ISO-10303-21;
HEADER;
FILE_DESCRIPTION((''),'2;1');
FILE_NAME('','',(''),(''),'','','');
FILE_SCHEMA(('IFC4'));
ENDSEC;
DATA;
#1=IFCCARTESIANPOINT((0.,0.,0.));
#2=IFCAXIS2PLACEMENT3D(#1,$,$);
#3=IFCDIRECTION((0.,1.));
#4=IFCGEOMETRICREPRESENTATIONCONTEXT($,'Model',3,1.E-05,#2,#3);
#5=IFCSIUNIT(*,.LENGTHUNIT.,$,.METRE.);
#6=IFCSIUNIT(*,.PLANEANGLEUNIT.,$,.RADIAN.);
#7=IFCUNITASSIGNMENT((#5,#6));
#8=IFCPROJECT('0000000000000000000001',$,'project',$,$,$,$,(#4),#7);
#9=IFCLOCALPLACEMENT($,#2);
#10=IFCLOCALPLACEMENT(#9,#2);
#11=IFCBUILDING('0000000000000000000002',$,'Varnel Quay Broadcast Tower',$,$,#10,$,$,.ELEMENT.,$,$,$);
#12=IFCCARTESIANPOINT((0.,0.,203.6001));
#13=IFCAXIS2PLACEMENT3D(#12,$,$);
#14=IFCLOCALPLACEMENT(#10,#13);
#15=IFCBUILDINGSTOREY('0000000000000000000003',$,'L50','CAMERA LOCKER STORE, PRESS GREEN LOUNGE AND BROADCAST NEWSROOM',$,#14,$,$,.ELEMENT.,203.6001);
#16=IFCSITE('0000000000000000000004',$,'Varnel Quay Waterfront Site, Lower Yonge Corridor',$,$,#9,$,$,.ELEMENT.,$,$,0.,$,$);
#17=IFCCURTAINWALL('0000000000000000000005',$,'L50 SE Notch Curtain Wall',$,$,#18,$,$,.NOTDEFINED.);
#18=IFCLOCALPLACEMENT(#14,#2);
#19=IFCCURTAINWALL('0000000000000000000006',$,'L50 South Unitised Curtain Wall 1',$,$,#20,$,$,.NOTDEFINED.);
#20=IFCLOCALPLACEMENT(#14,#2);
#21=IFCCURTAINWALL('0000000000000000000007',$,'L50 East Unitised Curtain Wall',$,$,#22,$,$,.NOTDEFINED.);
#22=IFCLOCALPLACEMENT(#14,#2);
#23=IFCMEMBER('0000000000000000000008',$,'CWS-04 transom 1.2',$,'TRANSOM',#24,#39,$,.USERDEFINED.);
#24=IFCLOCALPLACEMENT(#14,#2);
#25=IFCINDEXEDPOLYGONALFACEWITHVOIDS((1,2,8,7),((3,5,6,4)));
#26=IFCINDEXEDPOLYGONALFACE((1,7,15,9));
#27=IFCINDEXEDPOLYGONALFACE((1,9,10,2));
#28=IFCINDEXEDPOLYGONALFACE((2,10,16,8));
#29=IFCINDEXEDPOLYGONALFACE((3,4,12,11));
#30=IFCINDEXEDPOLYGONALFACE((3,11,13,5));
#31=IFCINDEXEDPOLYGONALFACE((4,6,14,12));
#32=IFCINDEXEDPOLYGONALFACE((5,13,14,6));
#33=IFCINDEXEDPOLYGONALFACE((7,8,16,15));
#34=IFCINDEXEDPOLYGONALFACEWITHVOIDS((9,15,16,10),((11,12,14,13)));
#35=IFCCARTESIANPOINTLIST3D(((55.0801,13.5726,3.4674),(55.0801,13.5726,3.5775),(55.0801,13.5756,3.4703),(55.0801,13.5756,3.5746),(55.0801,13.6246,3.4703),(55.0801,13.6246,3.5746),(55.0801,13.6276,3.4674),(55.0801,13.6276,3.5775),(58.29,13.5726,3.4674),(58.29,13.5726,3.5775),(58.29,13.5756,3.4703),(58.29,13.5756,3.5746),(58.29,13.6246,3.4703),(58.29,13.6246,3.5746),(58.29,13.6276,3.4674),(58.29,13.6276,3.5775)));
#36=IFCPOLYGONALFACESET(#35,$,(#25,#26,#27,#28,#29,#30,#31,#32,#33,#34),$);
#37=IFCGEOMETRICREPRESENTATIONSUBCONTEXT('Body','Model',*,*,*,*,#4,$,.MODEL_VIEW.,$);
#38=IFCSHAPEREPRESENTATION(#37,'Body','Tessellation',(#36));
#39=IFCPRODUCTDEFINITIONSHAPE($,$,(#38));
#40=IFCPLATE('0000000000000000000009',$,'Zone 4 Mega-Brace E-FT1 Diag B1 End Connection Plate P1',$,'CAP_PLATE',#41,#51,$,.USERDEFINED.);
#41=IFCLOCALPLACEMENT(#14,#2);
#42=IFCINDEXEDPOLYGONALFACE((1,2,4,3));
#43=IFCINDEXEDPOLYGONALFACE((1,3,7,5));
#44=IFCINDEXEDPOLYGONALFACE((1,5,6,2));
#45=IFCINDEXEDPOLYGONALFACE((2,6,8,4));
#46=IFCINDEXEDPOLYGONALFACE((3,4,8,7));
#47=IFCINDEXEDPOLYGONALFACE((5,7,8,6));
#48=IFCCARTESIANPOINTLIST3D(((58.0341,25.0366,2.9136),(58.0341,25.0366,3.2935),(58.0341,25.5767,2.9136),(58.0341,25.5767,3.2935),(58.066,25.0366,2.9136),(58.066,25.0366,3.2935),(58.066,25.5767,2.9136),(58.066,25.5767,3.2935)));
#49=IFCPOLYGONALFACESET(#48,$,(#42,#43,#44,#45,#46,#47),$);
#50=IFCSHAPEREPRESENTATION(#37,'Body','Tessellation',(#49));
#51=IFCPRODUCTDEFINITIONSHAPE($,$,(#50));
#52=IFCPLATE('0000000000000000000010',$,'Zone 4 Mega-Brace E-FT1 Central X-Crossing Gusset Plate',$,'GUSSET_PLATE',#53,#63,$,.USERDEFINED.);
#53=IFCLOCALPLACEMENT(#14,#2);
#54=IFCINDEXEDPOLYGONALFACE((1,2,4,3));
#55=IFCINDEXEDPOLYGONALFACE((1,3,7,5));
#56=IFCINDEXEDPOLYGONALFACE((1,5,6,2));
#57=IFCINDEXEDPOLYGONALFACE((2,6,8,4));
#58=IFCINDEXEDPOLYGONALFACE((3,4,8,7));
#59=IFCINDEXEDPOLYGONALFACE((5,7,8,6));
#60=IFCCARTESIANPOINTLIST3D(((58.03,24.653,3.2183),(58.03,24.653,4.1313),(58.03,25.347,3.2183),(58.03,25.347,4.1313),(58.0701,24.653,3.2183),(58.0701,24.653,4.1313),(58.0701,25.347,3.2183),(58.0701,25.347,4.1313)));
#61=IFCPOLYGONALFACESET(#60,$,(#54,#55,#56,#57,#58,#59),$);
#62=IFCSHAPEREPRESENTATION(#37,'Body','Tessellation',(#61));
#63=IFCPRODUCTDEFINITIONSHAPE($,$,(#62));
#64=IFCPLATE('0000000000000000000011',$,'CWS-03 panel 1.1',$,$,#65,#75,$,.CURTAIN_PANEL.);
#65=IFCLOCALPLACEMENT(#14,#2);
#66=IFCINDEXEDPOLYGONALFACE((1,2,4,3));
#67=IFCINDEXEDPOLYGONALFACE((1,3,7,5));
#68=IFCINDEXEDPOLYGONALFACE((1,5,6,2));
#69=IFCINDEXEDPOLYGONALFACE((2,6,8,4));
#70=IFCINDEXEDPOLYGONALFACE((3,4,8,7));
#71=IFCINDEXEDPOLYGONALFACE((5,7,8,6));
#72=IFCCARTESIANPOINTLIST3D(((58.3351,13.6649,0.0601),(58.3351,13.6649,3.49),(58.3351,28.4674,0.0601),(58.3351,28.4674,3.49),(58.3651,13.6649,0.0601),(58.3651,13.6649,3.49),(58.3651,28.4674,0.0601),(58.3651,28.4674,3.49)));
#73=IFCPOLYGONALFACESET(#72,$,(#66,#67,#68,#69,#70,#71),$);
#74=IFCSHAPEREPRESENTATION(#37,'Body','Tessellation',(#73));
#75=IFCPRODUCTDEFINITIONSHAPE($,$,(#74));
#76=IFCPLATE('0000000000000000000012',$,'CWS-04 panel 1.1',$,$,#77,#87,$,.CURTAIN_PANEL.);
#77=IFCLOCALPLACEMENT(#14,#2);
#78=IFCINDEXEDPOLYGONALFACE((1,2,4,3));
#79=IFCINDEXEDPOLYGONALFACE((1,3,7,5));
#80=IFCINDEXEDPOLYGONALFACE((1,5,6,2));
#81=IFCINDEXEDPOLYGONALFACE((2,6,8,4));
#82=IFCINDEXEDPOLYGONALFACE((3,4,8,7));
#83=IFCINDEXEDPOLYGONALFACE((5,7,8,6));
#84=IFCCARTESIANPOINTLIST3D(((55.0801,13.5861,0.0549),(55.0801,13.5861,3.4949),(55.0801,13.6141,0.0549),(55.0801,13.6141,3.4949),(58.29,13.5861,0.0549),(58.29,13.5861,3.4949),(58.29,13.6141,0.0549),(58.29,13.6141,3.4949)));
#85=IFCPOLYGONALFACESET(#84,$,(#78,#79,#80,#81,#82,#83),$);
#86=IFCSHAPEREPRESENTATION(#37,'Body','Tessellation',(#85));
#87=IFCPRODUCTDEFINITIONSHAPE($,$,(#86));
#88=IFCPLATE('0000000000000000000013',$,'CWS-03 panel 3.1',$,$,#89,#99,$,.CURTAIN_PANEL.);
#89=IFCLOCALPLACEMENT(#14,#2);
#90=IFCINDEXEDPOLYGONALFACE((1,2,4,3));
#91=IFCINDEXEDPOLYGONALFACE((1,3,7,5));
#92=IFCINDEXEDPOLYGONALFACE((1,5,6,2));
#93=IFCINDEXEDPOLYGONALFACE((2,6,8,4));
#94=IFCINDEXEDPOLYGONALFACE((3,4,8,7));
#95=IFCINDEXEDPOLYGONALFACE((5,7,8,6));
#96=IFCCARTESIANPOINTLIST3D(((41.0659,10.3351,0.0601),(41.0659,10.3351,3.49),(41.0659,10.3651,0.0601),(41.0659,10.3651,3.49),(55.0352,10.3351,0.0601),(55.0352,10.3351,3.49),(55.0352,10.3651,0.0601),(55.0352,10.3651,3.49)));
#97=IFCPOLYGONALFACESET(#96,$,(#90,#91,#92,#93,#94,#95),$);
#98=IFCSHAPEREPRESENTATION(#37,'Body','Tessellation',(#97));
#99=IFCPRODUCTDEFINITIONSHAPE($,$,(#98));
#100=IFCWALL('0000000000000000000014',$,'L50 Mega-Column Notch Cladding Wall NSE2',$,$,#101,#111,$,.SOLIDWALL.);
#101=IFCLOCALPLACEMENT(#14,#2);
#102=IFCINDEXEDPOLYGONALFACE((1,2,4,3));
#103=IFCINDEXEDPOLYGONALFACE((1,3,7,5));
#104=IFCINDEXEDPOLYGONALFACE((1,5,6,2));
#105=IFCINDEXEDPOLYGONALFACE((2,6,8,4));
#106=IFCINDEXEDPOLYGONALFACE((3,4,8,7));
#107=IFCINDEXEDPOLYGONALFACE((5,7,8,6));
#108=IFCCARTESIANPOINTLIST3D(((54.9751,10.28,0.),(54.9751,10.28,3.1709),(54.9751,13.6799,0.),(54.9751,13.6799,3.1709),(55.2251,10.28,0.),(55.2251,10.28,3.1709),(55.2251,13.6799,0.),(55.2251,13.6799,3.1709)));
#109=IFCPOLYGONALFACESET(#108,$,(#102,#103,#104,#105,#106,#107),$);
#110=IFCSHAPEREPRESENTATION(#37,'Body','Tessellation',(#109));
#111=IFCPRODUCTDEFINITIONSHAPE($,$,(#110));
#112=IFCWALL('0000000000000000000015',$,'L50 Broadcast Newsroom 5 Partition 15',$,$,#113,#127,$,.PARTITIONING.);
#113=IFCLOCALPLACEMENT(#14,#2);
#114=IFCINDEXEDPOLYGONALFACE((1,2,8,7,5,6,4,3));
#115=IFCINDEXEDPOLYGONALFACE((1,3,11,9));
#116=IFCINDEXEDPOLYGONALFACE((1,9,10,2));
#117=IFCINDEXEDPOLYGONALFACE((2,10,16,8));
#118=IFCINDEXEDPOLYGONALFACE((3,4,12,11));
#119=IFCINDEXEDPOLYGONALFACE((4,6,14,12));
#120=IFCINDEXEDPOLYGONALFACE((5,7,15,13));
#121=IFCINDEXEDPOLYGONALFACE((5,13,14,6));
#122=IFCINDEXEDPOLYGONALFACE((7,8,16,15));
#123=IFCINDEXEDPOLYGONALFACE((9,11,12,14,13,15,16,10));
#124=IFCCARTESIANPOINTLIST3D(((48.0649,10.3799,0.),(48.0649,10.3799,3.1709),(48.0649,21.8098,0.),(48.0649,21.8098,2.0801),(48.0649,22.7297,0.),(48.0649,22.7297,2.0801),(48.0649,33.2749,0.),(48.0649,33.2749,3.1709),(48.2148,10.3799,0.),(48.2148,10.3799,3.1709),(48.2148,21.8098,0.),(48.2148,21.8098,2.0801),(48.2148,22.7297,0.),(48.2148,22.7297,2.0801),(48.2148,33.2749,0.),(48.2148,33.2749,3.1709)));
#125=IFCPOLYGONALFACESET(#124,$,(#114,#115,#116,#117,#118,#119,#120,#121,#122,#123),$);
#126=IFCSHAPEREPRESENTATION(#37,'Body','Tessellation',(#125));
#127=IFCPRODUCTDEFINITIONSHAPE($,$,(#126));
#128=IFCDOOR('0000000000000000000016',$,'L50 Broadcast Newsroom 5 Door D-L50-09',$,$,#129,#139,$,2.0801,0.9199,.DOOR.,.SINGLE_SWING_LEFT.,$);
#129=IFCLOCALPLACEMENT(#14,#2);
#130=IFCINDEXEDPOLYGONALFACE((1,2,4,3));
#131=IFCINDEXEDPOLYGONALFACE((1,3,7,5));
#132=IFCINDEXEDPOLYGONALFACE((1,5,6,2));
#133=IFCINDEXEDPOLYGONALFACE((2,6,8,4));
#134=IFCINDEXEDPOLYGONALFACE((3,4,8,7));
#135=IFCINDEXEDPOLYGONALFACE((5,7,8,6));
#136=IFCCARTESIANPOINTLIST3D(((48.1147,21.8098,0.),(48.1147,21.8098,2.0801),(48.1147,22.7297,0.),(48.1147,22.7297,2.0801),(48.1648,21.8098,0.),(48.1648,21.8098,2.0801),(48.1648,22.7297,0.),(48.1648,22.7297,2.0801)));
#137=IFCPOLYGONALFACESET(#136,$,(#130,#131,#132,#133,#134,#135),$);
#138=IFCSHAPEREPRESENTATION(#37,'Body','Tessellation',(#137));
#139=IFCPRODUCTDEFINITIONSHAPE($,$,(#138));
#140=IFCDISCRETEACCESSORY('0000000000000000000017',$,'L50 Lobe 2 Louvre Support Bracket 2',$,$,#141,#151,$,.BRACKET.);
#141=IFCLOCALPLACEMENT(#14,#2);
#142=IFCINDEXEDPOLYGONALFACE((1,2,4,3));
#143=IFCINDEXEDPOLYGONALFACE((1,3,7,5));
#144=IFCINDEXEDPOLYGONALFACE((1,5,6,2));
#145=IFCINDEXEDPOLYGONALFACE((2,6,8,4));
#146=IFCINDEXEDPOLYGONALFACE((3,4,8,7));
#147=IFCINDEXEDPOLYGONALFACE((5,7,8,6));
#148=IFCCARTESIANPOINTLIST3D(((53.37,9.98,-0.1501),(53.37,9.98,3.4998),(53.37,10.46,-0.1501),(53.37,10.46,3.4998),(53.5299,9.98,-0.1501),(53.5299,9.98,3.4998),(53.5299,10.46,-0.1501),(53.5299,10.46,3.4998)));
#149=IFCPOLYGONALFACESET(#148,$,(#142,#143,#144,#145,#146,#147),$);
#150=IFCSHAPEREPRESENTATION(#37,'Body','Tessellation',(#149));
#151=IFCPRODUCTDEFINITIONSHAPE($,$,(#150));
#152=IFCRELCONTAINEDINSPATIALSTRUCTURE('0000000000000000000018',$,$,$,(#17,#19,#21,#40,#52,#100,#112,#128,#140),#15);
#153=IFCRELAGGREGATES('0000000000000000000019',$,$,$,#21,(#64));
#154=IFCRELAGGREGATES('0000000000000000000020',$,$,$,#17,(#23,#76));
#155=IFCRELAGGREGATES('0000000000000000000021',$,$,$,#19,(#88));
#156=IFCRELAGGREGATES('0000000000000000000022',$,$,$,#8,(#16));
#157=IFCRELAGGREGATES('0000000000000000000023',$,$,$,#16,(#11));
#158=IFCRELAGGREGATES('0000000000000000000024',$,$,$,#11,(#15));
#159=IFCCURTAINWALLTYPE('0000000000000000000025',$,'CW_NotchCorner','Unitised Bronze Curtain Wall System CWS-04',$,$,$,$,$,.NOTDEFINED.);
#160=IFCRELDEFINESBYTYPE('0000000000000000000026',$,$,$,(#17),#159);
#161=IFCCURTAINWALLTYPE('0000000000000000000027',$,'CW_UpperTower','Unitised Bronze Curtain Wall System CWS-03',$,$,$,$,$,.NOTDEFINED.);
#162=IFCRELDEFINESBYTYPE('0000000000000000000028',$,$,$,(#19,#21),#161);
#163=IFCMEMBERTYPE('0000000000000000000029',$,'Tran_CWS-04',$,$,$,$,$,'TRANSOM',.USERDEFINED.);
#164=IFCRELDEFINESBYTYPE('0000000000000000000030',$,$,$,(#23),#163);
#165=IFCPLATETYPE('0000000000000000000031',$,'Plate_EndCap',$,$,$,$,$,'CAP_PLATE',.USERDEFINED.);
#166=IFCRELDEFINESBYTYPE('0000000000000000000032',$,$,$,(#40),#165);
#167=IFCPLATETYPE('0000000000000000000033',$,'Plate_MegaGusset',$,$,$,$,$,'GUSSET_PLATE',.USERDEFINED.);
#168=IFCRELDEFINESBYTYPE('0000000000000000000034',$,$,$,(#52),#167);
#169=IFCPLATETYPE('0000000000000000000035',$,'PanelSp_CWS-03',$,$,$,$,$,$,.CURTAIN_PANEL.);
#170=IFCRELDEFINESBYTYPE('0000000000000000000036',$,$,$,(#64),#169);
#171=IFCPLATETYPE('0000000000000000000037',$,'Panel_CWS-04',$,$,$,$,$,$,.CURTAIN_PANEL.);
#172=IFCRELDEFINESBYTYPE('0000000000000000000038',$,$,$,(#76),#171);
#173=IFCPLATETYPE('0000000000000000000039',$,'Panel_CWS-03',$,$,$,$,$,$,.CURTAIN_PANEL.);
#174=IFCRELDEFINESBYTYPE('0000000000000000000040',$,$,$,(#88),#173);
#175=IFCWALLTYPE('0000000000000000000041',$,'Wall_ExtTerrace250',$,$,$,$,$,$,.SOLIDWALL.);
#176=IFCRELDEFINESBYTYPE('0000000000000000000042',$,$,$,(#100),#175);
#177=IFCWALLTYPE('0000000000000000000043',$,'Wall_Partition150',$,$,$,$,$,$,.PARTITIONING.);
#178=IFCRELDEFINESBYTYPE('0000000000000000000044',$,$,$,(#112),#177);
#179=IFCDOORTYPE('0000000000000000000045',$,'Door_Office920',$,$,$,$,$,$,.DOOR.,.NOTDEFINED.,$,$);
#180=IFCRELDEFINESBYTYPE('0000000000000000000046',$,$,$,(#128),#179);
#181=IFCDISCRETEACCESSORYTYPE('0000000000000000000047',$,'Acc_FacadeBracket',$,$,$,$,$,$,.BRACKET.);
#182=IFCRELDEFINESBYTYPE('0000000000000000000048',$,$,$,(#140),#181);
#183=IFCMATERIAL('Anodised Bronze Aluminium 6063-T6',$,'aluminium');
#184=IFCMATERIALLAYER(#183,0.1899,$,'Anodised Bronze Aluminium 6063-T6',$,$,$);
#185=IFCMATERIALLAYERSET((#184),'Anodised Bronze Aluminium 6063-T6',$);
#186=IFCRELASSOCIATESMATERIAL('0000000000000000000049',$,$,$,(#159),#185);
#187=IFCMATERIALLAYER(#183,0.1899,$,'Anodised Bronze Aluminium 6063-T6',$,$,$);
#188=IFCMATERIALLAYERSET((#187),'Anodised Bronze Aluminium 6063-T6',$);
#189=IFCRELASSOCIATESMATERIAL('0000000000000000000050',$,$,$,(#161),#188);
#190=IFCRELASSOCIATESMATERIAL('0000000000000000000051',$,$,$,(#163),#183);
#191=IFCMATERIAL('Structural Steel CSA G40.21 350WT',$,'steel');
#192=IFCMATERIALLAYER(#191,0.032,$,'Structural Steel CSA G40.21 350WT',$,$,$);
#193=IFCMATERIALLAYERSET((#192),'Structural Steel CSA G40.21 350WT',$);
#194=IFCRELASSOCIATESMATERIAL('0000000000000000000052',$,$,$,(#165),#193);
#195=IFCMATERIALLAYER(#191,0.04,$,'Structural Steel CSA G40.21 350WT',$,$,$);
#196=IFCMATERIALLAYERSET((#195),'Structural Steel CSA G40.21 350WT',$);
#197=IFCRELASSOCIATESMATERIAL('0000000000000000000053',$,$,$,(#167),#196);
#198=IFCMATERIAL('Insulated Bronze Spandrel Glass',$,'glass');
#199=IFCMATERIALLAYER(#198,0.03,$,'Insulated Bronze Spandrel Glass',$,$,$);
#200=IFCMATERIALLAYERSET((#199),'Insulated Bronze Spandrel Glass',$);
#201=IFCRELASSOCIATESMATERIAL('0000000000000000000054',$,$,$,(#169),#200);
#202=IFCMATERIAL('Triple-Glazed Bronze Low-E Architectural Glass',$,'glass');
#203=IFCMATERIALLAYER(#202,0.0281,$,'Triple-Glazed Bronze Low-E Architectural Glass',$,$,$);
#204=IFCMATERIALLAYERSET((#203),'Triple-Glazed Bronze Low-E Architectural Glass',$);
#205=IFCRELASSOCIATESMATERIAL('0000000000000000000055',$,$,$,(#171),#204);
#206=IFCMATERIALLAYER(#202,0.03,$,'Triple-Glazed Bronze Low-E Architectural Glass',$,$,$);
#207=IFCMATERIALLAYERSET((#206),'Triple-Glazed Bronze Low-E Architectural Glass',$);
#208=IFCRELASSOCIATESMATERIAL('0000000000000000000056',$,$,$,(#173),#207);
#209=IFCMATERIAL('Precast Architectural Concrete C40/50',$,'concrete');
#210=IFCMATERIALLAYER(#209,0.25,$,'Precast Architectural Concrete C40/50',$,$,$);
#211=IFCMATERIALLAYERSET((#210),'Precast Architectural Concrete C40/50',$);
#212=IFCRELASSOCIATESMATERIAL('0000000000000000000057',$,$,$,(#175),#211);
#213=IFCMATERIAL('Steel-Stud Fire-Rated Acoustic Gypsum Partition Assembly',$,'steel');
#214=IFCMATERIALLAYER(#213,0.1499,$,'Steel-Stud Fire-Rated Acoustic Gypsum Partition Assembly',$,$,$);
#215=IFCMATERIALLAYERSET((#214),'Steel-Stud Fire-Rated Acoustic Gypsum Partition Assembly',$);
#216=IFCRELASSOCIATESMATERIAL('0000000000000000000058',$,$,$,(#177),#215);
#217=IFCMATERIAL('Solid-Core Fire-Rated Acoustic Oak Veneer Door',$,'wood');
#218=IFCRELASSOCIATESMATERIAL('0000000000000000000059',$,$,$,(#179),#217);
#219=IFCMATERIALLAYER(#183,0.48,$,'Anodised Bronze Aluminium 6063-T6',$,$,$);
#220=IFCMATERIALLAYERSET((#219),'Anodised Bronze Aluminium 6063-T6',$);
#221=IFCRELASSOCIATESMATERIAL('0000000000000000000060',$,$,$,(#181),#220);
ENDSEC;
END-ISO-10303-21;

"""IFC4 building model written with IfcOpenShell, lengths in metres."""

from ifc_helpers import new_model, si_unit, direction, frame, frame_2d, origin, origin_2d, place, context, subcontext, project, spatial, rectangle, hollow_rectangle, extrude, source, transform, mapped, material, layer, layer_set, material_profile, profile_set, type_object, type_shapes, element, fill, aggregate, save


model = new_model("IFC4")

# Units and contexts
model_context = context("Model", 3, precision=1e-05, world=origin(), true_north=direction((0.0, 1.0)))
body_context = subcontext(model_context, "Body", "Model", "MODEL_VIEW")
ifc_project = project(units=[si_unit("LENGTHUNIT", "METRE"), si_unit("PLANEANGLEUNIT", "RADIAN")], contexts=[model_context])

# Site, building, storey
site_placement = place(None, origin())
site = spatial("IfcSite", under=ifc_project, at=site_placement, Name="Varnel Quay Waterfront Site, Lower Yonge Corridor", CompositionType="ELEMENT", RefElevation=0.0)
building_placement = place(site_placement, origin())
building = spatial("IfcBuilding", under=site, at=building_placement, Name="Varnel Quay Broadcast Tower", CompositionType="ELEMENT")
storey_placement = place(building_placement, frame((0.0, 0.0, 203.6001)))
storey = spatial("IfcBuildingStorey", under=building, at=storey_placement, Name="L50", Description="CAMERA LOCKER STORE, PRESS GREEN LOUNGE AND BROADCAST NEWSROOM", CompositionType="ELEMENT", Elevation=203.6001)

# Shared definitions
ifc_material_1 = material(Name="Structural Steel CSA G40.21 350WT", Category="steel")

# Curtain wall
ifc_material_2 = material(Name="Anodised Bronze Aluminium 6063-T6", Category="aluminium")
ifc_layer_1 = layer(ifc_material_2, 0.1899, Name="Anodised Bronze Aluminium 6063-T6")
ifc_layer_set_1 = layer_set([ifc_layer_1], Name="Anodised Bronze Aluminium 6063-T6")
curtain_wall_type_1 = type_object("IfcCurtainWallType", Name="CW_NotchCorner", Description="Unitised Bronze Curtain Wall System CWS-04", PredefinedType="NOTDEFINED", material=ifc_layer_set_1)
curtain_wall_1_placement = place(storey_placement, origin())
curtain_wall_1 = element("IfcCurtainWall", 1, at=curtain_wall_1_placement, inside=storey, type_object=curtain_wall_type_1, Name="L50 SE Notch Curtain Wall", PredefinedType="NOTDEFINED")

# Curtain wall
ifc_layer_2 = layer(ifc_material_2, 0.1899, Name="Anodised Bronze Aluminium 6063-T6")
ifc_layer_set_2 = layer_set([ifc_layer_2], Name="Anodised Bronze Aluminium 6063-T6")
curtain_wall_type_2 = type_object("IfcCurtainWallType", Name="CW_UpperTower", Description="Unitised Bronze Curtain Wall System CWS-03", PredefinedType="NOTDEFINED", material=ifc_layer_set_2)
curtain_wall_2_placement = place(storey_placement, origin())
curtain_wall_2 = element("IfcCurtainWall", 2, at=curtain_wall_2_placement, inside=storey, type_object=curtain_wall_type_2, Name="L50 South Unitised Curtain Wall 1", PredefinedType="NOTDEFINED")

# Curtain wall
curtain_wall_3_placement = place(storey_placement, origin())
curtain_wall_3 = element("IfcCurtainWall", 3, at=curtain_wall_3_placement, inside=storey, type_object=curtain_wall_type_2, Name="L50 East Unitised Curtain Wall", PredefinedType="NOTDEFINED")

# Member
ifc_material_profile_1 = material_profile(ifc_material_2, hollow_rectangle(XDim=0.0549, YDim=0.1101, WallThickness=0.0029, at=origin_2d()), Name="ALU55X110X3")
ifc_profile_set_1 = profile_set([ifc_material_profile_1], Name="Anodised Bronze Aluminium 6063-T6")
member_type_1 = type_object("IfcMemberType", Name="Tran_CWS-04", ElementType="TRANSOM", PredefinedType="USERDEFINED", material=ifc_profile_set_1)
shared_shape_1 = source(origin(), body_context, "Body", "SweptSolid", [
    extrude(hollow_rectangle(XDim=0.0549, YDim=0.1101, WallThickness=0.0029, at=origin_2d()), origin(), (0.0, 0.0, 1.0), 3.21),
])
type_shapes(member_type_1, [shared_shape_1])
member_1_placement = place(storey_placement, frame((55.0801, 13.6001, 3.5225), z_axis=(1.0, 0.0, 0.0), x_axis=(0.0, 1.0, 0.0)))
member_1 = element("IfcMember", 4, at=member_1_placement, type_object=member_type_1, Name="CWS-04 transom 1.2", ObjectType="TRANSOM", PredefinedType="USERDEFINED", context=body_context, shape_type="MappedRepresentation", body=[
    mapped(shared_shape_1, transform((0.0, 0.0, 0.0), x_axis=(1.0, 0.0, 0.0), y_axis=(0.0, 1.0, 0.0), z_axis=(0.0, 0.0, 1.0), scale=1.0)),
])

# Plates
ifc_layer_3 = layer(ifc_material_1, 0.032, Name="Structural Steel CSA G40.21 350WT")
ifc_layer_set_3 = layer_set([ifc_layer_3], Name="Structural Steel CSA G40.21 350WT")
plate_type_1 = type_object("IfcPlateType", Name="Plate_EndCap", ElementType="CAP_PLATE", PredefinedType="USERDEFINED", material=ifc_layer_set_3)
shared_shape_2 = source(origin(), body_context, "Body", "SweptSolid", [
    extrude(rectangle(XDim=0.54, YDim=0.032, at=origin_2d()), origin(), (0.0, 0.0, 1.0), 0.3799),
])
type_shapes(plate_type_1, [shared_shape_2])
plate_1_placement = place(storey_placement, frame((58.05, 25.3066, 2.9136), z_axis=(0.0, 0.0, 1.0), x_axis=(0.0, 1.0, 0.0)))
element("IfcPlate", 5, at=plate_1_placement, inside=storey, type_object=plate_type_1, Name="Zone 4 Mega-Brace E-FT1 Diag B1 End Connection Plate P1", ObjectType="CAP_PLATE", PredefinedType="USERDEFINED", context=body_context, shape_type="MappedRepresentation", body=[
    mapped(shared_shape_2, transform((0.0, 0.0, 0.0), x_axis=(1.0, 0.0, 0.0), y_axis=(0.0, 1.0, 0.0), z_axis=(0.0, 0.0, 1.0), scale=1.0)),
])
ifc_layer_4 = layer(ifc_material_1, 0.04, Name="Structural Steel CSA G40.21 350WT")
ifc_layer_set_4 = layer_set([ifc_layer_4], Name="Structural Steel CSA G40.21 350WT")
plate_type_2 = type_object("IfcPlateType", Name="Plate_MegaGusset", ElementType="GUSSET_PLATE", PredefinedType="USERDEFINED", material=ifc_layer_set_4)
shared_shape_3 = source(origin(), body_context, "Body", "SweptSolid", [
    extrude(rectangle(XDim=0.6941, YDim=0.04, at=origin_2d()), origin(), (0.0, 0.0, 1.0), 0.9131),
])
type_shapes(plate_type_2, [shared_shape_3])
plate_2_placement = place(storey_placement, frame((58.05, 25.0, 3.2183), z_axis=(0.0, 0.0, 1.0), x_axis=(0.0, 1.0, 0.0)))
element("IfcPlate", 6, at=plate_2_placement, inside=storey, type_object=plate_type_2, Name="Zone 4 Mega-Brace E-FT1 Central X-Crossing Gusset Plate", ObjectType="GUSSET_PLATE", PredefinedType="USERDEFINED", context=body_context, shape_type="MappedRepresentation", body=[
    mapped(shared_shape_3, transform((0.0, 0.0, 0.0), x_axis=(1.0, 0.0, 0.0), y_axis=(0.0, 1.0, 0.0), z_axis=(0.0, 0.0, 1.0), scale=1.0)),
])

# Plates
ifc_material_3 = material(Name="Insulated Bronze Spandrel Glass", Category="glass")
ifc_layer_5 = layer(ifc_material_3, 0.03, Name="Insulated Bronze Spandrel Glass")
ifc_layer_set_5 = layer_set([ifc_layer_5], Name="Insulated Bronze Spandrel Glass")
plate_type_3 = type_object("IfcPlateType", Name="PanelSp_CWS-03", PredefinedType="CURTAIN_PANEL", material=ifc_layer_set_5)
shared_shape_4 = source(origin(), body_context, "Body", "SweptSolid", [
    extrude(rectangle(XDim=14.8025, YDim=0.03, at=origin_2d()), origin(), (0.0, 0.0, 1.0), 3.4299),
])
type_shapes(plate_type_3, [shared_shape_4])
plate_3_placement = place(storey_placement, frame((58.3501, 21.0662, 0.0601), z_axis=(0.0, 0.0, 1.0), x_axis=(0.0, 1.0, 0.0)))
plate_3 = element("IfcPlate", 7, at=plate_3_placement, type_object=plate_type_3, Name="CWS-03 panel 1.1", PredefinedType="CURTAIN_PANEL", context=body_context, shape_type="MappedRepresentation", body=[
    mapped(shared_shape_4, transform((0.0, 0.0, 0.0), x_axis=(1.0, 0.0, 0.0), y_axis=(0.0, 1.0, 0.0), z_axis=(0.0, 0.0, 1.0), scale=1.0)),
])
aggregate(curtain_wall_3, [plate_3])
ifc_material_4 = material(Name="Triple-Glazed Bronze Low-E Architectural Glass", Category="glass")
ifc_layer_6 = layer(ifc_material_4, 0.0281, Name="Triple-Glazed Bronze Low-E Architectural Glass")
ifc_layer_set_6 = layer_set([ifc_layer_6], Name="Triple-Glazed Bronze Low-E Architectural Glass")
plate_type_4 = type_object("IfcPlateType", Name="Panel_CWS-04", PredefinedType="CURTAIN_PANEL", material=ifc_layer_set_6)
shared_shape_5 = source(origin(), body_context, "Body", "SweptSolid", [
    extrude(rectangle(XDim=3.21, YDim=0.0281, at=origin_2d()), origin(), (0.0, 0.0, 1.0), 3.4399),
])
type_shapes(plate_type_4, [shared_shape_5])
plate_4_placement = place(storey_placement, frame((56.6851, 13.6001, 0.0549), z_axis=(0.0, 0.0, 1.0), x_axis=(1.0, 0.0, 0.0)))
plate_4 = element("IfcPlate", 8, at=plate_4_placement, type_object=plate_type_4, Name="CWS-04 panel 1.1", PredefinedType="CURTAIN_PANEL", context=body_context, shape_type="MappedRepresentation", body=[
    mapped(shared_shape_5, transform((0.0, 0.0, 0.0), x_axis=(1.0, 0.0, 0.0), y_axis=(0.0, 1.0, 0.0), z_axis=(0.0, 0.0, 1.0), scale=1.0)),
])
aggregate(curtain_wall_1, [member_1, plate_4])
ifc_layer_7 = layer(ifc_material_4, 0.03, Name="Triple-Glazed Bronze Low-E Architectural Glass")
ifc_layer_set_7 = layer_set([ifc_layer_7], Name="Triple-Glazed Bronze Low-E Architectural Glass")
plate_type_5 = type_object("IfcPlateType", Name="Panel_CWS-03", PredefinedType="CURTAIN_PANEL", material=ifc_layer_set_7)
shared_shape_6 = source(origin(), body_context, "Body", "SweptSolid", [
    extrude(rectangle(XDim=13.9692, YDim=0.03, at=origin_2d()), origin(), (0.0, 0.0, 1.0), 3.4299),
])
type_shapes(plate_type_5, [shared_shape_6])
plate_5_placement = place(storey_placement, frame((48.0505, 10.3501, 0.0601), z_axis=(0.0, 0.0, 1.0), x_axis=(1.0, 0.0, 0.0)))
plate_5 = element("IfcPlate", 9, at=plate_5_placement, type_object=plate_type_5, Name="CWS-03 panel 3.1", PredefinedType="CURTAIN_PANEL", context=body_context, shape_type="MappedRepresentation", body=[
    mapped(shared_shape_6, transform((0.0, 0.0, 0.0), x_axis=(1.0, 0.0, 0.0), y_axis=(0.0, 1.0, 0.0), z_axis=(0.0, 0.0, 1.0), scale=1.0)),
])
aggregate(curtain_wall_2, [plate_5])

# Wall
ifc_material_5 = material(Name="Precast Architectural Concrete C40/50", Category="concrete")
ifc_layer_8 = layer(ifc_material_5, 0.25, Name="Precast Architectural Concrete C40/50")
ifc_layer_set_8 = layer_set([ifc_layer_8], Name="Precast Architectural Concrete C40/50")
wall_type_1 = type_object("IfcWallType", Name="Wall_ExtTerrace250", PredefinedType="SOLIDWALL", material=ifc_layer_set_8)
wall_1_placement = place(storey_placement, frame((55.1001, 10.28, 0.0), z_axis=(0.0, 0.0, 1.0), x_axis=(0.0, 1.0, 0.0)))
element("IfcWall", 10, at=wall_1_placement, inside=storey, type_object=wall_type_1, Name="L50 Mega-Column Notch Cladding Wall NSE2", PredefinedType="SOLIDWALL", context=body_context, shape_type="SweptSolid", body=[
    extrude(rectangle(XDim=3.3999, YDim=0.25, at=frame_2d((1.7, 0.0))), origin(), (0.0, 0.0, 1.0), 3.1709),
])

# Wall, opening, door
ifc_material_6 = material(Name="Steel-Stud Fire-Rated Acoustic Gypsum Partition Assembly", Category="steel")
ifc_layer_9 = layer(ifc_material_6, 0.1499, Name="Steel-Stud Fire-Rated Acoustic Gypsum Partition Assembly")
ifc_layer_set_9 = layer_set([ifc_layer_9], Name="Steel-Stud Fire-Rated Acoustic Gypsum Partition Assembly")
wall_type_2 = type_object("IfcWallType", Name="Wall_Partition150", PredefinedType="PARTITIONING", material=ifc_layer_set_9)
wall_2_placement = place(storey_placement, frame((48.1399, 10.3799, 0.0), z_axis=(0.0, 0.0, 1.0), x_axis=(0.0, 1.0, 0.0)))
wall_2 = element("IfcWall", 11, at=wall_2_placement, inside=storey, type_object=wall_type_2, Name="L50 Broadcast Newsroom 5 Partition 15", PredefinedType="PARTITIONING", context=body_context, shape_type="SweptSolid", body=[
    extrude(rectangle(XDim=22.895, YDim=0.1499, at=frame_2d((11.4475, 0.0))), origin(), (0.0, 0.0, 1.0), 3.1709),
])
opening_placement = place(wall_2_placement, frame((11.4299, 0.0, 0.0)))
opening = element("IfcOpeningElement", 12, at=opening_placement, cuts=wall_2, PredefinedType="OPENING", context=body_context, shape_type="SweptSolid", body=[
    extrude(rectangle(XDim=0.9199, YDim=2.0801, at=frame_2d((0.46, 1.04))), frame((0.0, 0.085, 0.0), z_axis=(0.0, -1.0, 0.0), x_axis=(1.0, 0.0, 0.0)), (0.0, 0.0, 1.0), 0.1699),
])
ifc_material_7 = material(Name="Solid-Core Fire-Rated Acoustic Oak Veneer Door", Category="wood")
door_type = type_object("IfcDoorType", Name="Door_Office920", OperationType="NOTDEFINED", PredefinedType="DOOR", material=ifc_material_7)
shared_shape_7 = source(origin(), body_context, "Body", "SweptSolid", [
    extrude(rectangle(XDim=0.9199, YDim=2.0801, at=frame_2d((0.46, 1.04))), frame((0.0, 0.0249, 0.0), z_axis=(0.0, -1.0, 0.0), x_axis=(1.0, 0.0, 0.0)), (0.0, 0.0, 1.0), 0.05),
])
type_shapes(door_type, [shared_shape_7])
door_placement = place(opening_placement, frame((0.9199, 0.0, 0.0), z_axis=(0.0, 0.0, 1.0), x_axis=(-1.0, 0.0, 0.0)))
door = element("IfcDoor", 13, at=door_placement, inside=storey, type_object=door_type, Name="L50 Broadcast Newsroom 5 Door D-L50-09", OperationType="SINGLE_SWING_LEFT", OverallHeight=2.0801, OverallWidth=0.9199, PredefinedType="DOOR", context=body_context, shape_type="MappedRepresentation", body=[
    mapped(shared_shape_7, transform((0.0, 0.0, 0.0), x_axis=(1.0, 0.0, 0.0), y_axis=(0.0, 1.0, 0.0), z_axis=(0.0, 0.0, 1.0), scale=1.0)),
])
fill(opening, door)

# Discrete accessory
ifc_layer_10 = layer(ifc_material_2, 0.48, Name="Anodised Bronze Aluminium 6063-T6")
ifc_layer_set_10 = layer_set([ifc_layer_10], Name="Anodised Bronze Aluminium 6063-T6")
discrete_accessory_type = type_object("IfcDiscreteAccessoryType", Name="Acc_FacadeBracket", PredefinedType="BRACKET", material=ifc_layer_set_10)
shared_shape_8 = source(origin(), body_context, "Body", "SweptSolid", [
    extrude(rectangle(XDim=0.1599, YDim=0.48, at=origin_2d()), origin(), (0.0, 0.0, 1.0), 3.6499),
])
type_shapes(discrete_accessory_type, [shared_shape_8])
discrete_accessory_placement = place(storey_placement, frame((53.45, 10.22, -0.1501), z_axis=(0.0, 0.0, 1.0), x_axis=(1.0, 0.0, 0.0)))
element("IfcDiscreteAccessory", 14, at=discrete_accessory_placement, inside=storey, type_object=discrete_accessory_type, Name="L50 Lobe 2 Louvre Support Bracket 2", PredefinedType="BRACKET", context=body_context, shape_type="MappedRepresentation", body=[
    mapped(shared_shape_8, transform((0.0, 0.0, 0.0), x_axis=(1.0, 0.0, 0.0), y_axis=(0.0, 1.0, 0.0), z_axis=(0.0, 0.0, 1.0), scale=1.0)),
])

save(model, "model.ifc")
